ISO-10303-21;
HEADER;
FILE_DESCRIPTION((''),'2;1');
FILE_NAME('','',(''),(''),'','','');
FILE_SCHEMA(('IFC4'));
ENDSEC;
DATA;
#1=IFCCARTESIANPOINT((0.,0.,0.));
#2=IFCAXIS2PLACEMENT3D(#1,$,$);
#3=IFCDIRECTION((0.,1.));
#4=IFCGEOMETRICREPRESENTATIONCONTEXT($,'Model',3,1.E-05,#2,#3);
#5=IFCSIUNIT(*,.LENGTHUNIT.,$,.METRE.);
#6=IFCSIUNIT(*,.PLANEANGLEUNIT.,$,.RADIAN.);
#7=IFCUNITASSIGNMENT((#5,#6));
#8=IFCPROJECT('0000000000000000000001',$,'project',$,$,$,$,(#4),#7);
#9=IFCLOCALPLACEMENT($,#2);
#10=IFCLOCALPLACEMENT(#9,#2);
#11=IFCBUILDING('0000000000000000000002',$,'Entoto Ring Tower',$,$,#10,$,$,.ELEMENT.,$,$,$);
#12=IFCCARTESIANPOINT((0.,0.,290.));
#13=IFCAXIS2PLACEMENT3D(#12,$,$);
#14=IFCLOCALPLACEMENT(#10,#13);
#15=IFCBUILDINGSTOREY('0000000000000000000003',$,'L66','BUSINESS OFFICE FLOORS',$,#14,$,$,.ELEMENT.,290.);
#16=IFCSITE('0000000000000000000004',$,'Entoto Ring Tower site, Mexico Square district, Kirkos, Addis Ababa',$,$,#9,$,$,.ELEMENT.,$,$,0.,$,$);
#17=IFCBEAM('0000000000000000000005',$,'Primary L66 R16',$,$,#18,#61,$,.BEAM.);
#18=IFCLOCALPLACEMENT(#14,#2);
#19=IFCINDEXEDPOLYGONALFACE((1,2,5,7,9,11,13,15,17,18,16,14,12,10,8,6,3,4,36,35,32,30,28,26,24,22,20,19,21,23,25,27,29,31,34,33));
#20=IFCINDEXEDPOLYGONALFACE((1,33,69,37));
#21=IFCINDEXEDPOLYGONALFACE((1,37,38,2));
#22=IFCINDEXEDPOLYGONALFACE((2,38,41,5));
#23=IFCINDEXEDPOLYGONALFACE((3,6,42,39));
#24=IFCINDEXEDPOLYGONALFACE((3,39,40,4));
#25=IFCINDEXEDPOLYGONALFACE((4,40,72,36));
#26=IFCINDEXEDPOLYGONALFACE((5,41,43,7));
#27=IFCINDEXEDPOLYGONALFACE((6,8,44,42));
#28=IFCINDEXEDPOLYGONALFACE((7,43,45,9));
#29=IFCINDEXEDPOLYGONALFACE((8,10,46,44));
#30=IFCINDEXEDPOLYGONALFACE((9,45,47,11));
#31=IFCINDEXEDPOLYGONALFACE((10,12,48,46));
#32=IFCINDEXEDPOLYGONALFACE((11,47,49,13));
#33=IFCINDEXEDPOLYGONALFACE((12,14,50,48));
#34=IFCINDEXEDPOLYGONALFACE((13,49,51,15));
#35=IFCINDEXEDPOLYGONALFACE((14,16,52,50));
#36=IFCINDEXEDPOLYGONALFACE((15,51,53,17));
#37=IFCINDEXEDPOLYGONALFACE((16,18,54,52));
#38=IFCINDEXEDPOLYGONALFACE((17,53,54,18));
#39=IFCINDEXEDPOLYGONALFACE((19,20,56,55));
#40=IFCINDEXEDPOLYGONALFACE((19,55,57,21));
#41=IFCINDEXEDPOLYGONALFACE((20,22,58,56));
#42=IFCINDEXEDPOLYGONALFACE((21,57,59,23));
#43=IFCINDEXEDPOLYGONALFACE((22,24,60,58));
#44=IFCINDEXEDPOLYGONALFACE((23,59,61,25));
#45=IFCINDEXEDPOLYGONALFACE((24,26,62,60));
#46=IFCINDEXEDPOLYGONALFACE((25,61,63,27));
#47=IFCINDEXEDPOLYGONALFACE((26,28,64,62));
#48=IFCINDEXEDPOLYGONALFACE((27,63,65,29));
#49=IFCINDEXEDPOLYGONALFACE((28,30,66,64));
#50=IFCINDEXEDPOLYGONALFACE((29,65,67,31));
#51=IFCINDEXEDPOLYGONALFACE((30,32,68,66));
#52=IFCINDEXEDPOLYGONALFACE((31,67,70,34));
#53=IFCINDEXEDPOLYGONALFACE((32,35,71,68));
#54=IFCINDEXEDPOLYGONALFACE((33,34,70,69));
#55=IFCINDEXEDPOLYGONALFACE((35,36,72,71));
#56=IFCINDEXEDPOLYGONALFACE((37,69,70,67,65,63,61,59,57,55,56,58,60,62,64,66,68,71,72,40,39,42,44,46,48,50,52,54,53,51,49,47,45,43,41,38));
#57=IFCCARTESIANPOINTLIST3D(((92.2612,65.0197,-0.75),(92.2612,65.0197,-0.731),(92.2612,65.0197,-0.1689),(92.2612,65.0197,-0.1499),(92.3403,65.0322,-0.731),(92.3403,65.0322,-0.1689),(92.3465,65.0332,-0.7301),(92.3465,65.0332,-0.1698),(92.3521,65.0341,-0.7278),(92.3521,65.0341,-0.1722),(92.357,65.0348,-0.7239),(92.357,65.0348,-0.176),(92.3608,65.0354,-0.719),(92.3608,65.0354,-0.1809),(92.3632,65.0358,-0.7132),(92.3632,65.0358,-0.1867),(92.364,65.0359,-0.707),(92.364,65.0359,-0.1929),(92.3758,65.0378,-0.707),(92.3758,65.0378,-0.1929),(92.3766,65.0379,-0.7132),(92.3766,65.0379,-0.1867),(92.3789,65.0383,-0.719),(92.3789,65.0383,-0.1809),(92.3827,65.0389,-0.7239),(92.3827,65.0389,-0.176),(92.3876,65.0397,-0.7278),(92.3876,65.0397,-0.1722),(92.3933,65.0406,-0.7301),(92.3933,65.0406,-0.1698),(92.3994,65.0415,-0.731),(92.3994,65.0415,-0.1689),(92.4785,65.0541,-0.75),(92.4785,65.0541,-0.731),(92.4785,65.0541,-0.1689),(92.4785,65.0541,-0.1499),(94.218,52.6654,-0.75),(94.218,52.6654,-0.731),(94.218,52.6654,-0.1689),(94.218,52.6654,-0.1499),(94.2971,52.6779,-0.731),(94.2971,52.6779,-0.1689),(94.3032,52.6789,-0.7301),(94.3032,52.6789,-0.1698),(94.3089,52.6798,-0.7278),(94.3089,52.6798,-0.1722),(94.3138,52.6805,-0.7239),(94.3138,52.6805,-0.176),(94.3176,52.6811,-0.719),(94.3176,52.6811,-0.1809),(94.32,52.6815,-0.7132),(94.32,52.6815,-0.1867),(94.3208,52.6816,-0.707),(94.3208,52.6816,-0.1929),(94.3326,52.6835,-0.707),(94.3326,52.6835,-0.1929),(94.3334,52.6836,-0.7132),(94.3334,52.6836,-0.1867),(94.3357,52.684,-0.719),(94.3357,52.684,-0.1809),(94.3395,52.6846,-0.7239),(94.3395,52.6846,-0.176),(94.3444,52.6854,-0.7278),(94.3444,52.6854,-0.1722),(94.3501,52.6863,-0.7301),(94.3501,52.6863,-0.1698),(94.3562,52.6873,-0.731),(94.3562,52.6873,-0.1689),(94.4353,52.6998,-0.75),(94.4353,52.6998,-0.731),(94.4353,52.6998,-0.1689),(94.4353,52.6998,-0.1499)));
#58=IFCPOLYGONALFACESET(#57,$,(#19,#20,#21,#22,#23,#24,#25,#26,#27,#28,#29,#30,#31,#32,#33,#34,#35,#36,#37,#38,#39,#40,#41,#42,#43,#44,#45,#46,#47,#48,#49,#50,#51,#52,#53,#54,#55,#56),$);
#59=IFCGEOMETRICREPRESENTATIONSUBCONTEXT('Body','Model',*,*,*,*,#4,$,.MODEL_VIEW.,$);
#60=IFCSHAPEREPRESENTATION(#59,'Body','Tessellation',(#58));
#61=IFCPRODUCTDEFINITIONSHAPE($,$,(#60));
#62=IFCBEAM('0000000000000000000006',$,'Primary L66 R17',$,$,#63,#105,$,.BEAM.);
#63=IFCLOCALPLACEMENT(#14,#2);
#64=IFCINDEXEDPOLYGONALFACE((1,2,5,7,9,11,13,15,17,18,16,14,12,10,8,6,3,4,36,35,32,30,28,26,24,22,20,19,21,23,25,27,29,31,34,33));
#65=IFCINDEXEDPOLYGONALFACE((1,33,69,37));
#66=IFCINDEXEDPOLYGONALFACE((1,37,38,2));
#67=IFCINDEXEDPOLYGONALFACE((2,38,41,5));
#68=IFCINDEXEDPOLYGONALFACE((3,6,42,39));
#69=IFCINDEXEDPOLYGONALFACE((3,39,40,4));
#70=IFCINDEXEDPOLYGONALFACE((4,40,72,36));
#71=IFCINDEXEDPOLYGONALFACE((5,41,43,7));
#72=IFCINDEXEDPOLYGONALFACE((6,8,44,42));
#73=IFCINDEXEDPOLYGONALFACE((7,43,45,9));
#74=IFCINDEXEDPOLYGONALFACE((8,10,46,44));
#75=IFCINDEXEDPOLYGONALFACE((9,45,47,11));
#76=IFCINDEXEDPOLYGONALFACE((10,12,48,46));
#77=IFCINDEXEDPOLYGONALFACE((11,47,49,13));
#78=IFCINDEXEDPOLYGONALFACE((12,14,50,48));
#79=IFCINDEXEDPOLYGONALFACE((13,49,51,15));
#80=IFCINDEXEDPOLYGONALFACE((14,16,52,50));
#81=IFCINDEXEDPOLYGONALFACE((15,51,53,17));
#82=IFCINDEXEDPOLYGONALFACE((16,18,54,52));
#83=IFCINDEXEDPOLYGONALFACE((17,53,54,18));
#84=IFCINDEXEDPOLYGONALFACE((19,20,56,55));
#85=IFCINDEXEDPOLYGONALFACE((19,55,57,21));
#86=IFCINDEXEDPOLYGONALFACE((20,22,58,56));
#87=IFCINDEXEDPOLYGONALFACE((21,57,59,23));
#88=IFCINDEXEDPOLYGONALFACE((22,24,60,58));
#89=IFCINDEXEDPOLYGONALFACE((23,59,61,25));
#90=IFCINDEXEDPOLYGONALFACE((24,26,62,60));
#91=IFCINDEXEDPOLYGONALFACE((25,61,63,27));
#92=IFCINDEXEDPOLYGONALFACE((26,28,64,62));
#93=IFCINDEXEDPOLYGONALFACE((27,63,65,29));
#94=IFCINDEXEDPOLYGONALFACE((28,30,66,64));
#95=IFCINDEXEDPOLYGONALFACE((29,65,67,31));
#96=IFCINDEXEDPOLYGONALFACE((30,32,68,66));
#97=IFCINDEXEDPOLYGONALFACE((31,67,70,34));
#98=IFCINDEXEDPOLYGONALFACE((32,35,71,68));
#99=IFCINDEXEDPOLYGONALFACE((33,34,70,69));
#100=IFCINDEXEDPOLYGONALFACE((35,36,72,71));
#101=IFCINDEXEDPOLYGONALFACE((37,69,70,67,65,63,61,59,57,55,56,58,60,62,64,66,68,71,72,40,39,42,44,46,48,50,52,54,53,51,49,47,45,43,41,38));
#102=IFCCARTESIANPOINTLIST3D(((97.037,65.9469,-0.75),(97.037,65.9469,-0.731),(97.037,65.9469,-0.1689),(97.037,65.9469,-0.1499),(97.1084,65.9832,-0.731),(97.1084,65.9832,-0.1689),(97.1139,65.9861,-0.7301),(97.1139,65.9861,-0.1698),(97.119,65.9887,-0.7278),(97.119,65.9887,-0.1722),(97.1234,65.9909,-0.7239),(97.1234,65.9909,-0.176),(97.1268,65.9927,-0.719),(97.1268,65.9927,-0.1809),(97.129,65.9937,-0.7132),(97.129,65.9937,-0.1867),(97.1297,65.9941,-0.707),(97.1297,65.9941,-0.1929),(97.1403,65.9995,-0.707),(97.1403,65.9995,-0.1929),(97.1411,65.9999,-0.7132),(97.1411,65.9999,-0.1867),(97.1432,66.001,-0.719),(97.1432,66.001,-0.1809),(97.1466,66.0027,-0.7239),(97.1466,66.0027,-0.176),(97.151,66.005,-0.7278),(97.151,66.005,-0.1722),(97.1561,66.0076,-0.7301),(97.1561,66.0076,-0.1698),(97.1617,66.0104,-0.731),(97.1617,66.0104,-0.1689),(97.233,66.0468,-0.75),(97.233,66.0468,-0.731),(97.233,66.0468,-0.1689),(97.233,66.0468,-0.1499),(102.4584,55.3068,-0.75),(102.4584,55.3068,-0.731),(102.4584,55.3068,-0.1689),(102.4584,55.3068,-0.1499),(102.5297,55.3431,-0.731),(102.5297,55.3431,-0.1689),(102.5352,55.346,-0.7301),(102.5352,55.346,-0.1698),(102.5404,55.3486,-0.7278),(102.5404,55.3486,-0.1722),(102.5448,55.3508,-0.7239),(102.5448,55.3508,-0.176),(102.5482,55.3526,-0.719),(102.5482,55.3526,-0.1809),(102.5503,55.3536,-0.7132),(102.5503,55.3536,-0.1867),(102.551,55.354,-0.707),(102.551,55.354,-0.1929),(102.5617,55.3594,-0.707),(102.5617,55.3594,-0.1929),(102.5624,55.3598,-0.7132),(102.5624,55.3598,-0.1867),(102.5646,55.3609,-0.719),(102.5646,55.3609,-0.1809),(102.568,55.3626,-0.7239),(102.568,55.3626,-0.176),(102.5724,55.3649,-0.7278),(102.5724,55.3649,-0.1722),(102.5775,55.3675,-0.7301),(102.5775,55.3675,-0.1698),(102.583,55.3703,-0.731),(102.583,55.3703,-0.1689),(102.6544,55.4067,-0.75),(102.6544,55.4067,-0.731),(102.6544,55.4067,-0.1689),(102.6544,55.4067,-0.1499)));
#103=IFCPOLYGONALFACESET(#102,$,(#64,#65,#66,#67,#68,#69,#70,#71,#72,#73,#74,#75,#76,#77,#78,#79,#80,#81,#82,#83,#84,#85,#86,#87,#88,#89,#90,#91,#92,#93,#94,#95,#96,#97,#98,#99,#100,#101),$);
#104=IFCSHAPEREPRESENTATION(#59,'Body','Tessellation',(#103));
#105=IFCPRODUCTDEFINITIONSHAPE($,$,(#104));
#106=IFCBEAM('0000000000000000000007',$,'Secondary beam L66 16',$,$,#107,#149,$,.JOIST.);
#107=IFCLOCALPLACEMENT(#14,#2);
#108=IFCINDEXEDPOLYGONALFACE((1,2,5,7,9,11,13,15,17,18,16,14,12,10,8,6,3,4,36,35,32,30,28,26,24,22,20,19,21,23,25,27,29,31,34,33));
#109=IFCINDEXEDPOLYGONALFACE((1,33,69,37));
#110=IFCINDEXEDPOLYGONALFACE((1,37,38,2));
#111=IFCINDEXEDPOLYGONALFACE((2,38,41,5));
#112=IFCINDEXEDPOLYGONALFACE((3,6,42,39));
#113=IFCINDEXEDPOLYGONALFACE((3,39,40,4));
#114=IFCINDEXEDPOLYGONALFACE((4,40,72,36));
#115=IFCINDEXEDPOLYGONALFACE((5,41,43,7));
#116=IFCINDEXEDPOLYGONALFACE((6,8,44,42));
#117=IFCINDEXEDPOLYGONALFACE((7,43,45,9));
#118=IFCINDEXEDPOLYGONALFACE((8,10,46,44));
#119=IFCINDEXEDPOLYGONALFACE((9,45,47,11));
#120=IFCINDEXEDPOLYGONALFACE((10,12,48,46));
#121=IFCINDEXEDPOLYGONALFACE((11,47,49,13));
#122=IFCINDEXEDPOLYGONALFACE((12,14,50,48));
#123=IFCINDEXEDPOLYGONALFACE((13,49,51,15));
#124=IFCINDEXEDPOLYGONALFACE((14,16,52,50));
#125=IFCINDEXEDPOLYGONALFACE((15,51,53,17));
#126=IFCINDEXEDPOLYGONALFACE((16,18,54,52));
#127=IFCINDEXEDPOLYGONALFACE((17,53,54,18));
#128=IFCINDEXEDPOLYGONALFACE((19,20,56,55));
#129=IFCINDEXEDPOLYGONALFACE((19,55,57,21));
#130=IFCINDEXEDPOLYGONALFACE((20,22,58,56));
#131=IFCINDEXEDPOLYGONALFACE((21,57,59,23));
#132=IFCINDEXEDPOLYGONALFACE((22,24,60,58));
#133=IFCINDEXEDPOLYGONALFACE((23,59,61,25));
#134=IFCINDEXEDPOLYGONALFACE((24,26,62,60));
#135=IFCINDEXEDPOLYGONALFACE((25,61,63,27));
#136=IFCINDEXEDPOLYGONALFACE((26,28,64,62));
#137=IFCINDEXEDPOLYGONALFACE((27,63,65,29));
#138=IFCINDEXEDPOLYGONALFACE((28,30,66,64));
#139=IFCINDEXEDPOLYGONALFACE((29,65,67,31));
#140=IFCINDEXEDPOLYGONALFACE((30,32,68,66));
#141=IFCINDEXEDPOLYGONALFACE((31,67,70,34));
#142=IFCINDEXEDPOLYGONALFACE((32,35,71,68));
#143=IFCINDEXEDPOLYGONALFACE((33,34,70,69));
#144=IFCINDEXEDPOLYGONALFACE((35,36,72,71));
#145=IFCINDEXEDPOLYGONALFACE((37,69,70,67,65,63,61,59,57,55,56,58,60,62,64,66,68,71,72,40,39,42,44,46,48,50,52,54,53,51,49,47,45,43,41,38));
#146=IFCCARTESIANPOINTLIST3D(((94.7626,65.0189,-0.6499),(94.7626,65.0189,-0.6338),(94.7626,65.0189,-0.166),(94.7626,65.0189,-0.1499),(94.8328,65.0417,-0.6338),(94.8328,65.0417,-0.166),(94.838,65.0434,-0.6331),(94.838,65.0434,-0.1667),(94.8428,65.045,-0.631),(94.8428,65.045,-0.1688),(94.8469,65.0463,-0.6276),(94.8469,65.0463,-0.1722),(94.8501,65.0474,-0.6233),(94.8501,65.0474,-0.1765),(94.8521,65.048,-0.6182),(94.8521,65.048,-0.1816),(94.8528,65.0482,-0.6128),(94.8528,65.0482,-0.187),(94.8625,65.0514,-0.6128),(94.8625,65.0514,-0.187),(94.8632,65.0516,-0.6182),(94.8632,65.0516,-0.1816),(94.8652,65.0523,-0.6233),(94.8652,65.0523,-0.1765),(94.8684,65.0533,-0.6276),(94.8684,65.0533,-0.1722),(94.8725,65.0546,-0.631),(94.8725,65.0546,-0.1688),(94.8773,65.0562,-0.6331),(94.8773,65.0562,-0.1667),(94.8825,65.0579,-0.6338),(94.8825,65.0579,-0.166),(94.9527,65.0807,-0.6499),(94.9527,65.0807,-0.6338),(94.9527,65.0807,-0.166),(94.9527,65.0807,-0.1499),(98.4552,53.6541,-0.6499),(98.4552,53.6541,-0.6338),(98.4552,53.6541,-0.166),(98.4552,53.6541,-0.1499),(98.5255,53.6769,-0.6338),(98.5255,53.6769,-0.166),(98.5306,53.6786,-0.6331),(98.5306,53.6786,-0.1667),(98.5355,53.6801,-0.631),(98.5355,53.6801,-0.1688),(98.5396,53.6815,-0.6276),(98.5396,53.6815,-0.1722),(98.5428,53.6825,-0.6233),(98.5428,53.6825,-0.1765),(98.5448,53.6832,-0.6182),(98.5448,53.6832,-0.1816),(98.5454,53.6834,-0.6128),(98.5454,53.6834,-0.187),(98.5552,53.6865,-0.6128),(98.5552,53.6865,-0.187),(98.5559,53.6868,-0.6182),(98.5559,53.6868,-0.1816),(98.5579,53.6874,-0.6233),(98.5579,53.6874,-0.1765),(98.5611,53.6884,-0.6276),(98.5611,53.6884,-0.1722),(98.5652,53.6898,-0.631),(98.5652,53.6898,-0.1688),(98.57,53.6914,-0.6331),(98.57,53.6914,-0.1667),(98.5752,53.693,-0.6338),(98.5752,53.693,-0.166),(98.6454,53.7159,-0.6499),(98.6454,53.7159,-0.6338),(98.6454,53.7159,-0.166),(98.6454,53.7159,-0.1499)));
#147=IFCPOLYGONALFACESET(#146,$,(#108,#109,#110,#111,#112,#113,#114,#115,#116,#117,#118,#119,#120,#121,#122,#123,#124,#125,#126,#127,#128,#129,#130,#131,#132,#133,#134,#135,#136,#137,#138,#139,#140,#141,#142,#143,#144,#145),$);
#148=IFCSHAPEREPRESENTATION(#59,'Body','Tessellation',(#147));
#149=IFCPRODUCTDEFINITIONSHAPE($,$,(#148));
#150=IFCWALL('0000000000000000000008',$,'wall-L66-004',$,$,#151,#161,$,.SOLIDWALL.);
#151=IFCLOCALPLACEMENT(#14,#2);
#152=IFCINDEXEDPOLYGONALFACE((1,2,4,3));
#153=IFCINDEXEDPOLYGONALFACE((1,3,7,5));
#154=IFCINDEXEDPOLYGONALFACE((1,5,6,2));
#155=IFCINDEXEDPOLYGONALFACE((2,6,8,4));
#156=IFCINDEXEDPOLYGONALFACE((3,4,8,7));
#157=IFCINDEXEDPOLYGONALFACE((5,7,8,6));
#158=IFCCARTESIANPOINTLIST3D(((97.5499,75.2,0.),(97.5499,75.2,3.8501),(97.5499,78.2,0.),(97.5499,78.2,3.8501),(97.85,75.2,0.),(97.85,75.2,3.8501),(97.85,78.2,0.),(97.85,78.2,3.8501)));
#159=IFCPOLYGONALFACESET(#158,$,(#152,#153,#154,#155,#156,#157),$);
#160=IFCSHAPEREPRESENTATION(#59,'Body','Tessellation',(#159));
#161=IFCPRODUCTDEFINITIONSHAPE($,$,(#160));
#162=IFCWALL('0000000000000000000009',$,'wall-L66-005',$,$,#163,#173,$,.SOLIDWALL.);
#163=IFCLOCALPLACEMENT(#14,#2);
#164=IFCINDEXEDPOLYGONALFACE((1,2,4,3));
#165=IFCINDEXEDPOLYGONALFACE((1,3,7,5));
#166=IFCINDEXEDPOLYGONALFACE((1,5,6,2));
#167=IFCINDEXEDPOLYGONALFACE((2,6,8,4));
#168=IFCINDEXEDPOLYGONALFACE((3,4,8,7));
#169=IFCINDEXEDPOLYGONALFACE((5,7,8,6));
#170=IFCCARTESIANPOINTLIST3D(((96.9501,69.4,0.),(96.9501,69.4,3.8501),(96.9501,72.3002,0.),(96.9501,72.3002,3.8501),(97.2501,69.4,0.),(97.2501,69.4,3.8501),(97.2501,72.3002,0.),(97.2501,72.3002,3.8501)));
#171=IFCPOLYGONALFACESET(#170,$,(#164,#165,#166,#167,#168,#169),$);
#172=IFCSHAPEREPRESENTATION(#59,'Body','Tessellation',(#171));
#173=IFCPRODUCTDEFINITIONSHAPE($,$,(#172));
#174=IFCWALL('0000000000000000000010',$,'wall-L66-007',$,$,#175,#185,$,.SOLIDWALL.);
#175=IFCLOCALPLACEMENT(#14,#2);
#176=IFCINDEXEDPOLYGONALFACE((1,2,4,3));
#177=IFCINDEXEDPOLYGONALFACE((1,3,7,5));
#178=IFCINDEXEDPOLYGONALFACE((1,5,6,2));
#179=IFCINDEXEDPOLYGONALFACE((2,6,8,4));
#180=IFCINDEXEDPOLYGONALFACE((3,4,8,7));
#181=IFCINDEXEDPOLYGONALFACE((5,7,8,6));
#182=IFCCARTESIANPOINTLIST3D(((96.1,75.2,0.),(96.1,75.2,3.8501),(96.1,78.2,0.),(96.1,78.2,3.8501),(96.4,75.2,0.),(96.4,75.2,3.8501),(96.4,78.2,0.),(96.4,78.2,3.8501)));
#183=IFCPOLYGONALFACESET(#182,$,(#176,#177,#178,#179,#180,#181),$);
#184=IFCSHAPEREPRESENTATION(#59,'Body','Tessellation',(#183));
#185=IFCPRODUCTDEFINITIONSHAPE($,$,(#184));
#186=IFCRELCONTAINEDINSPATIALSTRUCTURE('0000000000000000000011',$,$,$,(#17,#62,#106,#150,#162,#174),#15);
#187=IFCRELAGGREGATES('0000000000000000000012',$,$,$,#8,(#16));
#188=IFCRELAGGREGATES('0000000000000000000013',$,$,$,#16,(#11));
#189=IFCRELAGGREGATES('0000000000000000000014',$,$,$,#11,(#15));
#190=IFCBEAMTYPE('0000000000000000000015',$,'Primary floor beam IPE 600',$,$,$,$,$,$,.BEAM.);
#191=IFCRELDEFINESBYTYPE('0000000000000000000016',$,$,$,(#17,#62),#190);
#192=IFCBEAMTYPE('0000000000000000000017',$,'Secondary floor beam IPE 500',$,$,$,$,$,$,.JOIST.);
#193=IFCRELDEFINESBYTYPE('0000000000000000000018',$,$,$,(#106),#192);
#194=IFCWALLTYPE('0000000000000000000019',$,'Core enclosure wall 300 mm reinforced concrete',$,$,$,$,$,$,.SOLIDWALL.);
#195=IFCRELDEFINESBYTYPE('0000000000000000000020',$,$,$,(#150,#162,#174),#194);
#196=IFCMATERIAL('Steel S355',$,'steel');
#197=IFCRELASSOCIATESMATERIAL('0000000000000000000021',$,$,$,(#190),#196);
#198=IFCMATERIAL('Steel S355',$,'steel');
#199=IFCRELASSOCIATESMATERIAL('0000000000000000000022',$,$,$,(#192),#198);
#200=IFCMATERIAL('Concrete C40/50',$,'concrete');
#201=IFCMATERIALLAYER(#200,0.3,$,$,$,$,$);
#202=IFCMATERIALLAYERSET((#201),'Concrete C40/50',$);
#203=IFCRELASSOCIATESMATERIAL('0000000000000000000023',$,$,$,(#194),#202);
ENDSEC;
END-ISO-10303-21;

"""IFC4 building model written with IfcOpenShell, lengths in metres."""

from ifc_helpers import new_model, si_unit, direction, frame, frame_2d, origin, origin_2d, place, context, subcontext, project, spatial, rectangle, i_section, extrude, material, layer, layer_set, material_profile, profile_set, type_object, element, save


model = new_model("IFC4")

# Units and contexts
model_context = context("Model", 3, precision=1e-05, world=origin(), true_north=direction((0.0, 1.0)))
body_context = subcontext(model_context, "Body", "Model", "MODEL_VIEW")
ifc_project = project(units=[si_unit("LENGTHUNIT", "METRE"), si_unit("PLANEANGLEUNIT", "RADIAN")], contexts=[model_context])

# Site, building, storey
site_placement = place(None, origin())
site = spatial("IfcSite", under=ifc_project, at=site_placement, Name="Entoto Ring Tower site, Mexico Square district, Kirkos, Addis Ababa", CompositionType="ELEMENT", RefElevation=0.0)
building_placement = place(site_placement, origin())
building = spatial("IfcBuilding", under=site, at=building_placement, Name="Entoto Ring Tower", CompositionType="ELEMENT")
storey_placement = place(building_placement, frame((0.0, 0.0, 290.0)))
storey = spatial("IfcBuildingStorey", under=building, at=storey_placement, Name="L66", Description="BUSINESS OFFICE FLOORS", CompositionType="ELEMENT", Elevation=290.0)

# Beams
ifc_material_1 = material(Name="Steel S355", Category="steel")
ifc_material_profile_1 = material_profile(ifc_material_1, i_section(OverallWidth=0.22, OverallDepth=0.6001, WebThickness=0.012, FlangeThickness=0.019, FilletRadius=0.0239, at=origin_2d()), Name="IPE 600")
ifc_profile_set_1 = profile_set([ifc_material_profile_1], Name="Steel S355")
beam_type_1 = type_object("IfcBeamType", Name="Primary floor beam IPE 600", PredefinedType="BEAM", material=ifc_profile_set_1)
beam_1_placement = place(storey_placement, frame((92.3699, 65.0369, -0.45), z_axis=(0.15644, -0.987688, 0.0), x_axis=(0.987688, 0.15644, 0.0)))
element("IfcBeam", 1, at=beam_1_placement, inside=storey, type_object=beam_type_1, Name="Primary L66 R16", PredefinedType="BEAM", context=body_context, shape_type="SweptSolid", body=[
    extrude(i_section(OverallWidth=0.22, OverallDepth=0.6001, WebThickness=0.012, FlangeThickness=0.019, FilletRadius=0.0239, at=origin_2d()), origin(), (0.0, 0.0, 1.0), 12.5083),
])
beam_2_placement = place(storey_placement, frame((97.135, 65.9968, -0.45), z_axis=(0.453988, -0.891008, 0.0), x_axis=(0.891008, 0.453988, 0.0)))
element("IfcBeam", 2, at=beam_2_placement, inside=storey, type_object=beam_type_1, Name="Primary L66 R17", PredefinedType="BEAM", context=body_context, shape_type="SweptSolid", body=[
    extrude(i_section(OverallWidth=0.22, OverallDepth=0.6001, WebThickness=0.012, FlangeThickness=0.019, FilletRadius=0.0239, at=origin_2d()), origin(), (0.0, 0.0, 1.0), 11.9417),
])
ifc_material_2 = material(Name="Steel S355", Category="steel")
ifc_material_profile_2 = material_profile(ifc_material_2, i_section(OverallWidth=0.2, OverallDepth=0.5, WebThickness=0.0103, FlangeThickness=0.0161, FilletRadius=0.021, at=origin_2d()), Name="IPE 500")
ifc_profile_set_2 = profile_set([ifc_material_profile_2], Name="Steel S355")
beam_type_2 = type_object("IfcBeamType", Name="Secondary floor beam IPE 500", PredefinedType="JOIST", material=ifc_profile_set_2)
beam_3_placement = place(storey_placement, frame((94.8577, 65.0498, -0.3999), z_axis=(0.309017, -0.951057, 0.0), x_axis=(0.951057, 0.309017, 0.0)))
element("IfcBeam", 3, at=beam_3_placement, inside=storey, type_object=beam_type_2, Name="Secondary beam L66 16", PredefinedType="JOIST", context=body_context, shape_type="SweptSolid", body=[
    extrude(i_section(OverallWidth=0.2, OverallDepth=0.5, WebThickness=0.0103, FlangeThickness=0.0161, FilletRadius=0.021, at=origin_2d()), origin(), (0.0, 0.0, 1.0), 11.9497),
])

# Walls
ifc_material_3 = material(Name="Concrete C40/50", Category="concrete")
ifc_layer_1 = layer(ifc_material_3, 0.3)
ifc_layer_set_1 = layer_set([ifc_layer_1], Name="Concrete C40/50")
wall_type_1 = type_object("IfcWallType", Name="Core enclosure wall 300 mm reinforced concrete", PredefinedType="SOLIDWALL", material=ifc_layer_set_1)
wall_1_placement = place(storey_placement, frame((97.7, 75.2, 0.0), z_axis=(0.0, 0.0, 1.0), x_axis=(0.0, 1.0, 0.0)))
element("IfcWall", 4, at=wall_1_placement, inside=storey, type_object=wall_type_1, Name="wall-L66-004", PredefinedType="SOLIDWALL", context=body_context, shape_type="SweptSolid", body=[
    extrude(rectangle(XDim=3.0, YDim=0.3, at=frame_2d((1.5, 0.0))), origin(), (0.0, 0.0, 1.0), 3.8501),
])
wall_2_placement = place(storey_placement, frame((97.1001, 69.3999, 0.0), z_axis=(0.0, 0.0, 1.0), x_axis=(0.0, 1.0, 0.0)))
element("IfcWall", 5, at=wall_2_placement, inside=storey, type_object=wall_type_1, Name="wall-L66-005", PredefinedType="SOLIDWALL", context=body_context, shape_type="SweptSolid", body=[
    extrude(rectangle(XDim=2.9001, YDim=0.3, at=frame_2d((1.4502, 0.0))), origin(), (0.0, 0.0, 1.0), 3.8501),
])
wall_3_placement = place(storey_placement, frame((96.25, 75.2, 0.0), z_axis=(0.0, 0.0, 1.0), x_axis=(0.0, 1.0, 0.0)))
element("IfcWall", 6, at=wall_3_placement, inside=storey, type_object=wall_type_1, Name="wall-L66-007", PredefinedType="SOLIDWALL", context=body_context, shape_type="SweptSolid", body=[
    extrude(rectangle(XDim=3.0, YDim=0.3, at=frame_2d((1.5, 0.0))), origin(), (0.0, 0.0, 1.0), 3.8501),
])

save(model, "model.ifc")
